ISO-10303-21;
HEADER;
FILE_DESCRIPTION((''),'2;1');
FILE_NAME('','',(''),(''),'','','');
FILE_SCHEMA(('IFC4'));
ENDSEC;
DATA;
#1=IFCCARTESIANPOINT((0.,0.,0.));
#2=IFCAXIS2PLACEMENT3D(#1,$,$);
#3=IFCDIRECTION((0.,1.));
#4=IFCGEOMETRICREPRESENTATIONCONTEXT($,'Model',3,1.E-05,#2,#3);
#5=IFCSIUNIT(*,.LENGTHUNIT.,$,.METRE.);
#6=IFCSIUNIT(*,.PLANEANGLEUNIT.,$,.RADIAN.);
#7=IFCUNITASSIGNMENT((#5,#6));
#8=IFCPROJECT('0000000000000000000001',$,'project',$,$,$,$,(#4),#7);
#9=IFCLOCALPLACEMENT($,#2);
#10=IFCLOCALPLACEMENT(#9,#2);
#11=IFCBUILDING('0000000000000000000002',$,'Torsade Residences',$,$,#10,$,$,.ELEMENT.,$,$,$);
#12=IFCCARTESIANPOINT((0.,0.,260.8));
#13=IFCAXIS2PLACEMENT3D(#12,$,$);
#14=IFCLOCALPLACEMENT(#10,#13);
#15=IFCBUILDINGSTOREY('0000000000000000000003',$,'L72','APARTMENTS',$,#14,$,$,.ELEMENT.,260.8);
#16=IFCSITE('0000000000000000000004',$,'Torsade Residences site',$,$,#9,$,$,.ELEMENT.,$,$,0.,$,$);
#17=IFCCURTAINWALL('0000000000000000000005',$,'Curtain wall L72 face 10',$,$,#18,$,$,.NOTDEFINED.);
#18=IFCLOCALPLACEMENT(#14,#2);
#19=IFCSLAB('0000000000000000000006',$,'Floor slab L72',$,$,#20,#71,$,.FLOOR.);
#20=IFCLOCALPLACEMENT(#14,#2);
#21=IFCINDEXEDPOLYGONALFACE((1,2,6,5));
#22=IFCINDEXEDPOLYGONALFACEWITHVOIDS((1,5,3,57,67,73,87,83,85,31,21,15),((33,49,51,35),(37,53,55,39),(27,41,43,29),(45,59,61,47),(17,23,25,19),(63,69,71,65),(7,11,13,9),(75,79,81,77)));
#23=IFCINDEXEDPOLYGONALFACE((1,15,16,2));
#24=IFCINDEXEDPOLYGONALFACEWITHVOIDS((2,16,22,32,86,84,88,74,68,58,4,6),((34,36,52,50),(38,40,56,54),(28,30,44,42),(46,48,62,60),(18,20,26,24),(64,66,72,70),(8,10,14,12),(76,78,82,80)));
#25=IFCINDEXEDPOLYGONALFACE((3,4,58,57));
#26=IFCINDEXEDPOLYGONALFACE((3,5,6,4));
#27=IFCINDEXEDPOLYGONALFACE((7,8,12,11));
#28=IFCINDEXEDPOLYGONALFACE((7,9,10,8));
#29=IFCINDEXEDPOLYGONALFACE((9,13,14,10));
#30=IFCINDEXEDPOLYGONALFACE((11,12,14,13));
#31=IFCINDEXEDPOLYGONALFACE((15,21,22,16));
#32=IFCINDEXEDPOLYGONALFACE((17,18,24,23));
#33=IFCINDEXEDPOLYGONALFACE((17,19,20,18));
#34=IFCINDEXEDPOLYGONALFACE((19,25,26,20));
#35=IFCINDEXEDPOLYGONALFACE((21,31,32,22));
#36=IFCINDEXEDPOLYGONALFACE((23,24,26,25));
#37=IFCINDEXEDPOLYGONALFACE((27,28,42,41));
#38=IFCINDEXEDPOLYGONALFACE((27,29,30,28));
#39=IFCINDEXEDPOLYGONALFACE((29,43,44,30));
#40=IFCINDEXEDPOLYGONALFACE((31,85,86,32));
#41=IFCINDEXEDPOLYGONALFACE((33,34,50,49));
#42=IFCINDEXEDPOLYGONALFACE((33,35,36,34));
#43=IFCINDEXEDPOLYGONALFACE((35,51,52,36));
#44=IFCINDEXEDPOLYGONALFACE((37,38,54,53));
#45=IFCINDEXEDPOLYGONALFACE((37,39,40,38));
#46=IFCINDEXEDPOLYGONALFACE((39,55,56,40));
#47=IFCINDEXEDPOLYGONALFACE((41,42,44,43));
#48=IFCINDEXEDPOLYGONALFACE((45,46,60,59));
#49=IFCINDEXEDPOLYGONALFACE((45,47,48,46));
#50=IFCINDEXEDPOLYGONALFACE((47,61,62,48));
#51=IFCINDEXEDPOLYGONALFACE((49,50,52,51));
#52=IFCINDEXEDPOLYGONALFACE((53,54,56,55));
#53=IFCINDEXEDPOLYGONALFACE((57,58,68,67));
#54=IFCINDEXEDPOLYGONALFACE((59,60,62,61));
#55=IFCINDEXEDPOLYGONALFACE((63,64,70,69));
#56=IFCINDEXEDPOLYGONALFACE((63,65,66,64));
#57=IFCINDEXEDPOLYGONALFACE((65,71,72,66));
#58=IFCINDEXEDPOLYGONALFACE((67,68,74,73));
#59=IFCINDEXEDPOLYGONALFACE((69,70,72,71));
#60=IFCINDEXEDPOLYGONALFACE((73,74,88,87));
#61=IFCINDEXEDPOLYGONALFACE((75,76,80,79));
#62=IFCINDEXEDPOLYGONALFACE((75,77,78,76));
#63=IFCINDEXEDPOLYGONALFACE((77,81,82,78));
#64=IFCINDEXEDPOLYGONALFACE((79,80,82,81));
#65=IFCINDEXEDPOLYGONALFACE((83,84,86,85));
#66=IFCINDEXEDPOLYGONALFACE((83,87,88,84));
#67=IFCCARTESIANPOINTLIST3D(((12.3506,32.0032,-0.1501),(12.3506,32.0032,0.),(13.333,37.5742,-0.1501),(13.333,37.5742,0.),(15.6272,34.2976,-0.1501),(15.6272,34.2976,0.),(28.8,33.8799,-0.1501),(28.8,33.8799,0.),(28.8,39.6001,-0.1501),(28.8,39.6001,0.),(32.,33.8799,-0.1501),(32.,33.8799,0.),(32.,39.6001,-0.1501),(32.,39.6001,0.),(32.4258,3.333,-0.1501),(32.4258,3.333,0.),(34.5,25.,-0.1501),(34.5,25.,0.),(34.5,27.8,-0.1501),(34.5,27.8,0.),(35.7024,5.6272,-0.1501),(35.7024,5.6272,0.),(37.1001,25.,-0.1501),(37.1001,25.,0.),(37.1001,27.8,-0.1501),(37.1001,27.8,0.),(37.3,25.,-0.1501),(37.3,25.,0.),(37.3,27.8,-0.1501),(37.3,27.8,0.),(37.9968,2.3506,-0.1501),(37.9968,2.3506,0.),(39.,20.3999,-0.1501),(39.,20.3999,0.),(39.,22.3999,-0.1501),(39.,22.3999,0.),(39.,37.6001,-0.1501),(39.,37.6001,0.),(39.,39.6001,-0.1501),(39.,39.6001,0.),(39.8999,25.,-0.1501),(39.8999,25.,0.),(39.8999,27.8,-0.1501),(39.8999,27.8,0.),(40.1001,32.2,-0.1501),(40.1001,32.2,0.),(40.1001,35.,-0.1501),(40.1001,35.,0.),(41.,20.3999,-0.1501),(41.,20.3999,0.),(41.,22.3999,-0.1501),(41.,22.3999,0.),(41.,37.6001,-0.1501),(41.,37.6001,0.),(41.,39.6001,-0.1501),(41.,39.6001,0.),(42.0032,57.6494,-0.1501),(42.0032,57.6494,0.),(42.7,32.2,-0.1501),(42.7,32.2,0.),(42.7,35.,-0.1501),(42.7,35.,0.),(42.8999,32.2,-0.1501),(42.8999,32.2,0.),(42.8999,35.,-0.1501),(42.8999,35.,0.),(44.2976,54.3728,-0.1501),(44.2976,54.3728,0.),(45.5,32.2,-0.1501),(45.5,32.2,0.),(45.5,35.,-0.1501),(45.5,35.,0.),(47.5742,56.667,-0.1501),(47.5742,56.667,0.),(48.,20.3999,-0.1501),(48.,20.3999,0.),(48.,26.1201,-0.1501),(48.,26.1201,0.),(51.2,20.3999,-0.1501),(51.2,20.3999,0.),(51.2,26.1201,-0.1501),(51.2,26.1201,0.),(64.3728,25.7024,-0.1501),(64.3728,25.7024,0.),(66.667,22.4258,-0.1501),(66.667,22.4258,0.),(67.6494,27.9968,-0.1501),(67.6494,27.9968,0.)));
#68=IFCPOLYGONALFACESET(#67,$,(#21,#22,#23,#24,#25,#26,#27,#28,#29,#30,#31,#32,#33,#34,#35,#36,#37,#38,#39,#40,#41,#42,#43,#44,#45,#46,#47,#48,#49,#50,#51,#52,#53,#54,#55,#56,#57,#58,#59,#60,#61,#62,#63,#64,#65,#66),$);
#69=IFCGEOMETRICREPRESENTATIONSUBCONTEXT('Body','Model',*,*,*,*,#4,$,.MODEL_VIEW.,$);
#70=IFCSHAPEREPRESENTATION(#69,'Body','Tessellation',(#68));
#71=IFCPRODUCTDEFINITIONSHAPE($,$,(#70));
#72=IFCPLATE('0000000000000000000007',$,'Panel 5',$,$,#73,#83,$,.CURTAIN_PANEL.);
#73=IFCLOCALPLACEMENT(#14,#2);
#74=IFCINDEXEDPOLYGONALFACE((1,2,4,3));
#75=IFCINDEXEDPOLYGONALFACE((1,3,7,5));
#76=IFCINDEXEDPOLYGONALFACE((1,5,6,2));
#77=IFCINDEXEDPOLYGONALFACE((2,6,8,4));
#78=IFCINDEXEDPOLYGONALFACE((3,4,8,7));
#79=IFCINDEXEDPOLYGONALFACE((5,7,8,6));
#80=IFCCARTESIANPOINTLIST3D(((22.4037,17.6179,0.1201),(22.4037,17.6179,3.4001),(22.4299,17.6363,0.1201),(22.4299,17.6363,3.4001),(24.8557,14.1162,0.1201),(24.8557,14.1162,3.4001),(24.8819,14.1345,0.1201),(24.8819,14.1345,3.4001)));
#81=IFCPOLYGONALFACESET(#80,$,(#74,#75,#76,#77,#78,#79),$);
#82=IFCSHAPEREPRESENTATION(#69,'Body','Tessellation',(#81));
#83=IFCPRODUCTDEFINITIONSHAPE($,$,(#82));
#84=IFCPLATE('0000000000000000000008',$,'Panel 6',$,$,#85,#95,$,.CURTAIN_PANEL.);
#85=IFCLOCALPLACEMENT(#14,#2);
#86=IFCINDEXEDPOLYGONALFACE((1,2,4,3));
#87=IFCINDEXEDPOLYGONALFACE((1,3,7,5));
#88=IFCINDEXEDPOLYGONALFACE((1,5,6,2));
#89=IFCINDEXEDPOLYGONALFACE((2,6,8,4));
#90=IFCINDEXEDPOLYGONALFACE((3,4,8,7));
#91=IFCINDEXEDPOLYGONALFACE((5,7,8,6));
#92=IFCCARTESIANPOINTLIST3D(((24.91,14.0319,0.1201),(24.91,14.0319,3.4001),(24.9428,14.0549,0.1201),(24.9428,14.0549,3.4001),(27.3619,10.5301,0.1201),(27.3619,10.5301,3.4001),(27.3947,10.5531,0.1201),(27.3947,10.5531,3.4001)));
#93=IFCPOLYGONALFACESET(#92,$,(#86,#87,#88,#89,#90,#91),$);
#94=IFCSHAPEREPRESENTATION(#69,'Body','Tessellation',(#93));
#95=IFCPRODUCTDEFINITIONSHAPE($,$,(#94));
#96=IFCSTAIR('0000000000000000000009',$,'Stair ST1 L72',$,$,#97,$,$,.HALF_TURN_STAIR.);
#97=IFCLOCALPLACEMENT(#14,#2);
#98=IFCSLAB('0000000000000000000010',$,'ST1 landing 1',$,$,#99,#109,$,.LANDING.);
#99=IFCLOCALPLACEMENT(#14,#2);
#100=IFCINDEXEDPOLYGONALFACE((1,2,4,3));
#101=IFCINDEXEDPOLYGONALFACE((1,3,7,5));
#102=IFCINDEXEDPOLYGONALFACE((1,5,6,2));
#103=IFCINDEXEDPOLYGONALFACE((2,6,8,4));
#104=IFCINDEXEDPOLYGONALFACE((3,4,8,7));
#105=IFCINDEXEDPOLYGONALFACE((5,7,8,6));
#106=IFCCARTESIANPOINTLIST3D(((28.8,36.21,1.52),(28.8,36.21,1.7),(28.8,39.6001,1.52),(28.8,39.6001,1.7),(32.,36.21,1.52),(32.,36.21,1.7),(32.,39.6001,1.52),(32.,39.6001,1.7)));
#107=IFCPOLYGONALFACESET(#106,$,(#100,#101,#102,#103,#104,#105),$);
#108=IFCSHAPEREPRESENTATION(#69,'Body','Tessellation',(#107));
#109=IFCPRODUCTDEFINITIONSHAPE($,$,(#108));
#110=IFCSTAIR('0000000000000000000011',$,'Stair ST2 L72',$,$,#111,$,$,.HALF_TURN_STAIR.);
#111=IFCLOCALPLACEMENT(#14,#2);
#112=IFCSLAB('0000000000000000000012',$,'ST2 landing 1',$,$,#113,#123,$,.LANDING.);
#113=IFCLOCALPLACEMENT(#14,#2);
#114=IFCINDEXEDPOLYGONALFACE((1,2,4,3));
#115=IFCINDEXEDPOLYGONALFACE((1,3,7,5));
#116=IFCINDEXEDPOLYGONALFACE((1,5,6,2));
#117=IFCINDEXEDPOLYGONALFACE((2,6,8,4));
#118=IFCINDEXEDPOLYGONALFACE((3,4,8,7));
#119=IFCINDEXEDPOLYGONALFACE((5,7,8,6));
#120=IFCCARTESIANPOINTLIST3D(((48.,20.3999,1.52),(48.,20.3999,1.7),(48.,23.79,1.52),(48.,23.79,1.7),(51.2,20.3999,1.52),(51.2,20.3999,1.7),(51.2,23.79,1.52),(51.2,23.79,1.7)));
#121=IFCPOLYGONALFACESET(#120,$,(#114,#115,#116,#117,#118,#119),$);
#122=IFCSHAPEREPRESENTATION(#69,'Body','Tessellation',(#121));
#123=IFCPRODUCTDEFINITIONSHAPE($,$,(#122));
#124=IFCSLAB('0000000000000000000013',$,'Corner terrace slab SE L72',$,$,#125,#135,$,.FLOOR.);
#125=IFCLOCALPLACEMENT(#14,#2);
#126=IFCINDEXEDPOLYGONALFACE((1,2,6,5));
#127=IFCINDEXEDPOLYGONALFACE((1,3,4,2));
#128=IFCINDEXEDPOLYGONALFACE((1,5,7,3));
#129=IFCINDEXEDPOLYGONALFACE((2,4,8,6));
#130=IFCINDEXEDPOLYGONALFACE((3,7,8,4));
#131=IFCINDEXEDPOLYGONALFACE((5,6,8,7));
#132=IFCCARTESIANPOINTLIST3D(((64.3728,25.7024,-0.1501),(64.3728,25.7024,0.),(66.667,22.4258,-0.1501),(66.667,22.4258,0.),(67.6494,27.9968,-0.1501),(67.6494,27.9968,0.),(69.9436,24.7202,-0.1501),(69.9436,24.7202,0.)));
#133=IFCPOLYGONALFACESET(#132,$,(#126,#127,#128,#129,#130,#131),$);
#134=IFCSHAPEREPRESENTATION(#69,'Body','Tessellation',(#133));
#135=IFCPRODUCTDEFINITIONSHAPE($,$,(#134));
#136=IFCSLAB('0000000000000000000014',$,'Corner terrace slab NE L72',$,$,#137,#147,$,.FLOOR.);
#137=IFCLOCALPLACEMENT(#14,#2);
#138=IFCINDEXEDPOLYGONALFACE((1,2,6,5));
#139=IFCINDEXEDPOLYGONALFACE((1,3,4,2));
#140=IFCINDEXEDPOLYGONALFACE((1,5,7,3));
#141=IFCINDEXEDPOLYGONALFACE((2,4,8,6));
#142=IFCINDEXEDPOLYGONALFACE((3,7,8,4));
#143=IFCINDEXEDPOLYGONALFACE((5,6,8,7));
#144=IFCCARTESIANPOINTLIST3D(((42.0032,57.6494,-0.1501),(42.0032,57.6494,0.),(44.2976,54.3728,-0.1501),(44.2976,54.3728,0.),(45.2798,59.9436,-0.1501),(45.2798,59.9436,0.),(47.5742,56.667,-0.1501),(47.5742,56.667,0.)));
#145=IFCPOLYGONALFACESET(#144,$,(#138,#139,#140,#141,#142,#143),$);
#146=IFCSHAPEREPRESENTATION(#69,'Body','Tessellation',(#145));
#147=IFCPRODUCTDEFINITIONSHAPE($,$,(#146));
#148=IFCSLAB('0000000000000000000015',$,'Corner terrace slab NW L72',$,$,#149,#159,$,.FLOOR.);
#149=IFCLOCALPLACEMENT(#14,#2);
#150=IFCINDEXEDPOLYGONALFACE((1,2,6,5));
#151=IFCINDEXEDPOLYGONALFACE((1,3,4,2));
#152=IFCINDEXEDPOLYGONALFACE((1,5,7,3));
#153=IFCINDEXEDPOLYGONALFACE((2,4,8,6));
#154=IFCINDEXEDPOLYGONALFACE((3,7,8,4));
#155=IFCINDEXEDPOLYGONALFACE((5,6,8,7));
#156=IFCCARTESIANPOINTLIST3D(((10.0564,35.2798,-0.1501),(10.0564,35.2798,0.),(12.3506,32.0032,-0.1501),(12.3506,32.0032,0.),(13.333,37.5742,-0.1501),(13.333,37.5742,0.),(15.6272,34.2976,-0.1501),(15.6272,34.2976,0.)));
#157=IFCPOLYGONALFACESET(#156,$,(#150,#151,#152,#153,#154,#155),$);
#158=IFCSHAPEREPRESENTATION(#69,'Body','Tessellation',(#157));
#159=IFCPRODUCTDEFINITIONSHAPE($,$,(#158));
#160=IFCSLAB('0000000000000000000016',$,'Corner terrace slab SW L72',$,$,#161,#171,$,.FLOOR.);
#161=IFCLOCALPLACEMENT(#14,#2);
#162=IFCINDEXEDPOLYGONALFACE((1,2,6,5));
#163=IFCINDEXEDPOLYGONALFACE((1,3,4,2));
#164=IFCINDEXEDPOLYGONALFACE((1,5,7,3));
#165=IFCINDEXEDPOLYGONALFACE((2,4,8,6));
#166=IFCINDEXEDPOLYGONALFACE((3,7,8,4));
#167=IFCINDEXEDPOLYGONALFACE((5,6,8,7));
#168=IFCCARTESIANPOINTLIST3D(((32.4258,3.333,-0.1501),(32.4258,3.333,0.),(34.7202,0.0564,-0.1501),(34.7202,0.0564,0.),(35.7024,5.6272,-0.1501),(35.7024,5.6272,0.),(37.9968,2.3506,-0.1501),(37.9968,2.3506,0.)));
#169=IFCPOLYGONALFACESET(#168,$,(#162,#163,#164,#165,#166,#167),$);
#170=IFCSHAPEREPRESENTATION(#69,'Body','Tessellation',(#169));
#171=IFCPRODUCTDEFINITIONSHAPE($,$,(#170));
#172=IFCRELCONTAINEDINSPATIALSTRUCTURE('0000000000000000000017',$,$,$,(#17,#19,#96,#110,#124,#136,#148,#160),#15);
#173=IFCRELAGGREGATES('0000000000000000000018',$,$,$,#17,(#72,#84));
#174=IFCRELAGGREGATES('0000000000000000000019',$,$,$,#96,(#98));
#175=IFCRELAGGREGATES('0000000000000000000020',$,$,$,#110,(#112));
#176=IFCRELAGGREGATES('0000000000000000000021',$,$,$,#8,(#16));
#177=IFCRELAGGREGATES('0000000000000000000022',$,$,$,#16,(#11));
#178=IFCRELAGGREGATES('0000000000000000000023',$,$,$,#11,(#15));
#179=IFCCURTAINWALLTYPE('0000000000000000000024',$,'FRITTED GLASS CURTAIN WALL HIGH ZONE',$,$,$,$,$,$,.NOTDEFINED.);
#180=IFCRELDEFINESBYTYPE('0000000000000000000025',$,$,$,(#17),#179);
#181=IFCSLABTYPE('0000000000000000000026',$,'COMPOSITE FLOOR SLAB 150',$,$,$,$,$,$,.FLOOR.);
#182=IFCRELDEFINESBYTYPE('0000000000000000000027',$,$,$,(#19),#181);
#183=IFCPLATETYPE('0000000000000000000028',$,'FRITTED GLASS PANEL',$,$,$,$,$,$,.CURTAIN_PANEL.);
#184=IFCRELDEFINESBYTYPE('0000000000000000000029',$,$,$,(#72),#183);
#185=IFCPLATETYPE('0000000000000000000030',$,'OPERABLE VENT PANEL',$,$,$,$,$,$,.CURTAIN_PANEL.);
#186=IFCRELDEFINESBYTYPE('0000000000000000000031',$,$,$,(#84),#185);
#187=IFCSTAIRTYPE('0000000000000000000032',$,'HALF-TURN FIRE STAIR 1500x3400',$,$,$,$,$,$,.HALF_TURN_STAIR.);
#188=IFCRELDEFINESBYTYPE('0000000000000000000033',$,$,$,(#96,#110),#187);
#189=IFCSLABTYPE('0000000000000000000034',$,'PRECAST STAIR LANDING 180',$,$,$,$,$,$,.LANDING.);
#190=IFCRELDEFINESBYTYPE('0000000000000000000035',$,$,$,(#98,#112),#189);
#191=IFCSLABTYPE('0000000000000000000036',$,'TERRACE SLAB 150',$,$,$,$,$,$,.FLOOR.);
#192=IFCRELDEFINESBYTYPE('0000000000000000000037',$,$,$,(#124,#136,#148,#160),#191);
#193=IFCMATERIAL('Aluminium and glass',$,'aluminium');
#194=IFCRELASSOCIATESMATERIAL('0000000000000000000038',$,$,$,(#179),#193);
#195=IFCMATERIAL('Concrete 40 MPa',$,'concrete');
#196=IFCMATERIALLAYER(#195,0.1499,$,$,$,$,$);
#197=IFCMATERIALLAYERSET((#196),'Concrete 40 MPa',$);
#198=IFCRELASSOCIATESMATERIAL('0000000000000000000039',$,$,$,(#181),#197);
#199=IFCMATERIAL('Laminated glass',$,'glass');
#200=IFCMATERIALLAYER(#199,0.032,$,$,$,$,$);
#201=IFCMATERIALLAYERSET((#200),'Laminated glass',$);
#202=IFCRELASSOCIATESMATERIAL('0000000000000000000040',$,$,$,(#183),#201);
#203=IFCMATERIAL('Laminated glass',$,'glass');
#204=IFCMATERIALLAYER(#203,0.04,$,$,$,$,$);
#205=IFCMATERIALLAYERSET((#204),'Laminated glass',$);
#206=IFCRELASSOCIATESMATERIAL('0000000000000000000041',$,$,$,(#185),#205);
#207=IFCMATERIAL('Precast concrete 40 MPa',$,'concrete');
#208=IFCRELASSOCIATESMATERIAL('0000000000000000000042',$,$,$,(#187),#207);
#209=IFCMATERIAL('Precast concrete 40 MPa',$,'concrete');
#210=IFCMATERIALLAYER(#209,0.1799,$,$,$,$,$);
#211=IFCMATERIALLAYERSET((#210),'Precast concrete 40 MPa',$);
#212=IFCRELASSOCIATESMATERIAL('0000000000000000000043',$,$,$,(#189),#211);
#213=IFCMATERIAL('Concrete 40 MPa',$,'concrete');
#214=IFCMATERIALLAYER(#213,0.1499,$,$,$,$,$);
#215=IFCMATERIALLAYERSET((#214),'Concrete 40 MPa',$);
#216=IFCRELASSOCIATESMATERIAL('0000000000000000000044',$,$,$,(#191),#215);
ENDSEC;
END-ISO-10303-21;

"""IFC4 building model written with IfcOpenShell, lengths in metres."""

from ifc_helpers import new_model, si_unit, direction, frame, origin, origin_2d, place, context, subcontext, project, spatial, polyline, rectangle, outline, extrude, material, layer, layer_set, type_object, element, aggregate, save


model = new_model("IFC4")

# Units and contexts
model_context = context("Model", 3, precision=1e-05, world=origin(), true_north=direction((0.0, 1.0)))
body_context = subcontext(model_context, "Body", "Model", "MODEL_VIEW")
ifc_project = project(units=[si_unit("LENGTHUNIT", "METRE"), si_unit("PLANEANGLEUNIT", "RADIAN")], contexts=[model_context])

# Site, building, storey
site_placement = place(None, origin())
site = spatial("IfcSite", under=ifc_project, at=site_placement, Name="Torsade Residences site", CompositionType="ELEMENT", RefElevation=0.0)
building_placement = place(site_placement, origin())
building = spatial("IfcBuilding", under=site, at=building_placement, Name="Torsade Residences", CompositionType="ELEMENT")
storey_placement = place(building_placement, frame((0.0, 0.0, 260.8)))
storey = spatial("IfcBuildingStorey", under=building, at=storey_placement, Name="L72", Description="APARTMENTS", CompositionType="ELEMENT", Elevation=260.8)

# Curtain wall
ifc_material_1 = material(Name="Aluminium and glass", Category="aluminium")
curtain_wall_type = type_object("IfcCurtainWallType", Name="FRITTED GLASS CURTAIN WALL HIGH ZONE", PredefinedType="NOTDEFINED", material=ifc_material_1)
curtain_wall_placement = place(storey_placement, origin())
curtain_wall = element("IfcCurtainWall", 1, at=curtain_wall_placement, inside=storey, type_object=curtain_wall_type, Name="Curtain wall L72 face 10", PredefinedType="NOTDEFINED")

# Slab
ifc_material_2 = material(Name="Concrete 40 MPa", Category="concrete")
ifc_layer_1 = layer(ifc_material_2, 0.1499)
ifc_layer_set_1 = layer_set([ifc_layer_1], Name="Concrete 40 MPa")
slab_type_1 = type_object("IfcSlabType", Name="COMPOSITE FLOOR SLAB 150", PredefinedType="FLOOR", material=ifc_layer_set_1)
slab_1_placement = place(storey_placement, frame((0.0, 0.0, -0.1501)))
element("IfcSlab", 2, at=slab_1_placement, inside=storey, type_object=slab_type_1, Name="Floor slab L72", PredefinedType="FLOOR", context=body_context, shape_type="SweptSolid", body=[
    extrude(outline(polyline([(37.9968, 2.3506), (66.667, 22.4258), (64.3728, 25.7024), (67.6494, 27.9968), (47.5742, 56.667), (44.2976, 54.3728), (42.0032, 57.6494), (13.333, 37.5742), (15.6272, 34.2976), (12.3506, 32.0032), (32.4258, 3.333), (35.7024, 5.6272), (37.9968, 2.3506)]), holes=[polyline([(51.2, 26.1201), (48.0, 26.1201), (48.0, 20.3999), (51.2, 20.3999), (51.2, 26.1201)]), polyline([(45.5, 35.0), (42.8999, 35.0), (42.8999, 32.2), (45.5, 32.2), (45.5, 35.0)]), polyline([(42.7, 35.0), (40.1001, 35.0), (40.1001, 32.2), (42.7, 32.2), (42.7, 35.0)]), polyline([(41.0, 22.3999), (39.0, 22.3999), (39.0, 20.3999), (41.0, 20.3999), (41.0, 22.3999)]), polyline([(41.0, 39.6001), (39.0, 39.6001), (39.0, 37.6001), (41.0, 37.6001), (41.0, 39.6001)]), polyline([(39.8999, 27.8), (37.3, 27.8), (37.3, 25.0), (39.8999, 25.0), (39.8999, 27.8)]), polyline([(37.1001, 27.8), (34.5, 27.8), (34.5, 25.0), (37.1001, 25.0), (37.1001, 27.8)]), polyline([(32.0, 39.6001), (28.8, 39.6001), (28.8, 33.8799), (32.0, 33.8799), (32.0, 39.6001)])]), origin(), (0.0, 0.0, 1.0), 0.1501),
])

# Plates
ifc_material_3 = material(Name="Laminated glass", Category="glass")
ifc_layer_2 = layer(ifc_material_3, 0.032)
ifc_layer_set_2 = layer_set([ifc_layer_2], Name="Laminated glass")
plate_type_1 = type_object("IfcPlateType", Name="FRITTED GLASS PANEL", PredefinedType="CURTAIN_PANEL", material=ifc_layer_set_2)
plate_1_placement = place(storey_placement, frame((23.6428, 15.8762, 0.1201), z_axis=(0.0, 0.0, 1.0), x_axis=(0.573576, -0.819152, 0.0)))
plate_1 = element("IfcPlate", 3, at=plate_1_placement, type_object=plate_type_1, Name="Panel 5", PredefinedType="CURTAIN_PANEL", context=body_context, shape_type="SweptSolid", body=[
    extrude(rectangle(XDim=4.2749, YDim=0.032, at=origin_2d()), origin(), (0.0, 0.0, 1.0), 3.28),
])
ifc_material_4 = material(Name="Laminated glass", Category="glass")
ifc_layer_3 = layer(ifc_material_4, 0.04)
ifc_layer_set_3 = layer_set([ifc_layer_3], Name="Laminated glass")
plate_type_2 = type_object("IfcPlateType", Name="OPERABLE VENT PANEL", PredefinedType="CURTAIN_PANEL", material=ifc_layer_set_3)
plate_2_placement = place(storey_placement, frame((26.1523, 12.2925, 0.1201), z_axis=(0.0, 0.0, 1.0), x_axis=(0.573576, -0.819152, 0.0)))
plate_2 = element("IfcPlate", 4, at=plate_2_placement, type_object=plate_type_2, Name="Panel 6", PredefinedType="CURTAIN_PANEL", context=body_context, shape_type="SweptSolid", body=[
    extrude(rectangle(XDim=4.2749, YDim=0.04, at=origin_2d()), origin(), (0.0, 0.0, 1.0), 3.28),
])
aggregate(curtain_wall, [plate_1, plate_2])

# Stairs, slabs
ifc_material_5 = material(Name="Precast concrete 40 MPa", Category="concrete")
stair_type = type_object("IfcStairType", Name="HALF-TURN FIRE STAIR 1500x3400", PredefinedType="HALF_TURN_STAIR", material=ifc_material_5)
stair_1_placement = place(storey_placement, origin())
stair_1 = element("IfcStair", 5, at=stair_1_placement, inside=storey, type_object=stair_type, Name="Stair ST1 L72", PredefinedType="HALF_TURN_STAIR")
ifc_material_6 = material(Name="Precast concrete 40 MPa", Category="concrete")
ifc_layer_4 = layer(ifc_material_6, 0.1799)
ifc_layer_set_4 = layer_set([ifc_layer_4], Name="Precast concrete 40 MPa")
slab_type_2 = type_object("IfcSlabType", Name="PRECAST STAIR LANDING 180", PredefinedType="LANDING", material=ifc_layer_set_4)
slab_2_placement = place(storey_placement, frame((0.0, 0.0, 1.52)))
slab_2 = element("IfcSlab", 6, at=slab_2_placement, type_object=slab_type_2, Name="ST1 landing 1", PredefinedType="LANDING", context=body_context, shape_type="SweptSolid", body=[
    extrude(outline(polyline([(28.8, 36.21), (32.0, 36.21), (32.0, 39.6001), (28.8, 39.6001), (28.8, 36.21)])), origin(), (0.0, 0.0, 1.0), 0.1799),
])
aggregate(stair_1, [slab_2])
stair_2_placement = place(storey_placement, origin())
stair_2 = element("IfcStair", 7, at=stair_2_placement, inside=storey, type_object=stair_type, Name="Stair ST2 L72", PredefinedType="HALF_TURN_STAIR")
slab_3_placement = place(storey_placement, frame((0.0, 0.0, 1.52)))
slab_3 = element("IfcSlab", 8, at=slab_3_placement, type_object=slab_type_2, Name="ST2 landing 1", PredefinedType="LANDING", context=body_context, shape_type="SweptSolid", body=[
    extrude(outline(polyline([(48.0, 20.3999), (51.2, 20.3999), (51.2, 23.79), (48.0, 23.79), (48.0, 20.3999)])), origin(), (0.0, 0.0, 1.0), 0.1799),
])
aggregate(stair_2, [slab_3])

# Slabs
ifc_material_7 = material(Name="Concrete 40 MPa", Category="concrete")
ifc_layer_5 = layer(ifc_material_7, 0.1499)
ifc_layer_set_5 = layer_set([ifc_layer_5], Name="Concrete 40 MPa")
slab_type_3 = type_object("IfcSlabType", Name="TERRACE SLAB 150", PredefinedType="FLOOR", material=ifc_layer_set_5)
slab_4_placement = place(storey_placement, frame((0.0, 0.0, -0.1501)))
element("IfcSlab", 9, at=slab_4_placement, inside=storey, type_object=slab_type_3, Name="Corner terrace slab SE L72", PredefinedType="FLOOR", context=body_context, shape_type="SweptSolid", body=[
    extrude(outline(polyline([(66.667, 22.4258), (69.9436, 24.7202), (67.6494, 27.9968), (64.3728, 25.7024), (66.667, 22.4258)])), origin(), (0.0, 0.0, 1.0), 0.1501),
])
slab_5_placement = place(storey_placement, frame((0.0, 0.0, -0.1501)))
element("IfcSlab", 10, at=slab_5_placement, inside=storey, type_object=slab_type_3, Name="Corner terrace slab NE L72", PredefinedType="FLOOR", context=body_context, shape_type="SweptSolid", body=[
    extrude(outline(polyline([(44.2976, 54.3728), (47.5742, 56.667), (45.2798, 59.9436), (42.0032, 57.6494), (44.2976, 54.3728)])), origin(), (0.0, 0.0, 1.0), 0.1501),
])
slab_6_placement = place(storey_placement, frame((0.0, 0.0, -0.1501)))
element("IfcSlab", 11, at=slab_6_placement, inside=storey, type_object=slab_type_3, Name="Corner terrace slab NW L72", PredefinedType="FLOOR", context=body_context, shape_type="SweptSolid", body=[
    extrude(outline(polyline([(12.3506, 32.0032), (15.6272, 34.2976), (13.333, 37.5742), (10.0564, 35.2798), (12.3506, 32.0032)])), origin(), (0.0, 0.0, 1.0), 0.1501),
])
slab_7_placement = place(storey_placement, frame((0.0, 0.0, -0.1501)))
element("IfcSlab", 12, at=slab_7_placement, inside=storey, type_object=slab_type_3, Name="Corner terrace slab SW L72", PredefinedType="FLOOR", context=body_context, shape_type="SweptSolid", body=[
    extrude(outline(polyline([(34.7202, 0.0564), (37.9968, 2.3506), (35.7024, 5.6272), (32.4258, 3.333), (34.7202, 0.0564)])), origin(), (0.0, 0.0, 1.0), 0.1501),
])

save(model, "model.ifc")
